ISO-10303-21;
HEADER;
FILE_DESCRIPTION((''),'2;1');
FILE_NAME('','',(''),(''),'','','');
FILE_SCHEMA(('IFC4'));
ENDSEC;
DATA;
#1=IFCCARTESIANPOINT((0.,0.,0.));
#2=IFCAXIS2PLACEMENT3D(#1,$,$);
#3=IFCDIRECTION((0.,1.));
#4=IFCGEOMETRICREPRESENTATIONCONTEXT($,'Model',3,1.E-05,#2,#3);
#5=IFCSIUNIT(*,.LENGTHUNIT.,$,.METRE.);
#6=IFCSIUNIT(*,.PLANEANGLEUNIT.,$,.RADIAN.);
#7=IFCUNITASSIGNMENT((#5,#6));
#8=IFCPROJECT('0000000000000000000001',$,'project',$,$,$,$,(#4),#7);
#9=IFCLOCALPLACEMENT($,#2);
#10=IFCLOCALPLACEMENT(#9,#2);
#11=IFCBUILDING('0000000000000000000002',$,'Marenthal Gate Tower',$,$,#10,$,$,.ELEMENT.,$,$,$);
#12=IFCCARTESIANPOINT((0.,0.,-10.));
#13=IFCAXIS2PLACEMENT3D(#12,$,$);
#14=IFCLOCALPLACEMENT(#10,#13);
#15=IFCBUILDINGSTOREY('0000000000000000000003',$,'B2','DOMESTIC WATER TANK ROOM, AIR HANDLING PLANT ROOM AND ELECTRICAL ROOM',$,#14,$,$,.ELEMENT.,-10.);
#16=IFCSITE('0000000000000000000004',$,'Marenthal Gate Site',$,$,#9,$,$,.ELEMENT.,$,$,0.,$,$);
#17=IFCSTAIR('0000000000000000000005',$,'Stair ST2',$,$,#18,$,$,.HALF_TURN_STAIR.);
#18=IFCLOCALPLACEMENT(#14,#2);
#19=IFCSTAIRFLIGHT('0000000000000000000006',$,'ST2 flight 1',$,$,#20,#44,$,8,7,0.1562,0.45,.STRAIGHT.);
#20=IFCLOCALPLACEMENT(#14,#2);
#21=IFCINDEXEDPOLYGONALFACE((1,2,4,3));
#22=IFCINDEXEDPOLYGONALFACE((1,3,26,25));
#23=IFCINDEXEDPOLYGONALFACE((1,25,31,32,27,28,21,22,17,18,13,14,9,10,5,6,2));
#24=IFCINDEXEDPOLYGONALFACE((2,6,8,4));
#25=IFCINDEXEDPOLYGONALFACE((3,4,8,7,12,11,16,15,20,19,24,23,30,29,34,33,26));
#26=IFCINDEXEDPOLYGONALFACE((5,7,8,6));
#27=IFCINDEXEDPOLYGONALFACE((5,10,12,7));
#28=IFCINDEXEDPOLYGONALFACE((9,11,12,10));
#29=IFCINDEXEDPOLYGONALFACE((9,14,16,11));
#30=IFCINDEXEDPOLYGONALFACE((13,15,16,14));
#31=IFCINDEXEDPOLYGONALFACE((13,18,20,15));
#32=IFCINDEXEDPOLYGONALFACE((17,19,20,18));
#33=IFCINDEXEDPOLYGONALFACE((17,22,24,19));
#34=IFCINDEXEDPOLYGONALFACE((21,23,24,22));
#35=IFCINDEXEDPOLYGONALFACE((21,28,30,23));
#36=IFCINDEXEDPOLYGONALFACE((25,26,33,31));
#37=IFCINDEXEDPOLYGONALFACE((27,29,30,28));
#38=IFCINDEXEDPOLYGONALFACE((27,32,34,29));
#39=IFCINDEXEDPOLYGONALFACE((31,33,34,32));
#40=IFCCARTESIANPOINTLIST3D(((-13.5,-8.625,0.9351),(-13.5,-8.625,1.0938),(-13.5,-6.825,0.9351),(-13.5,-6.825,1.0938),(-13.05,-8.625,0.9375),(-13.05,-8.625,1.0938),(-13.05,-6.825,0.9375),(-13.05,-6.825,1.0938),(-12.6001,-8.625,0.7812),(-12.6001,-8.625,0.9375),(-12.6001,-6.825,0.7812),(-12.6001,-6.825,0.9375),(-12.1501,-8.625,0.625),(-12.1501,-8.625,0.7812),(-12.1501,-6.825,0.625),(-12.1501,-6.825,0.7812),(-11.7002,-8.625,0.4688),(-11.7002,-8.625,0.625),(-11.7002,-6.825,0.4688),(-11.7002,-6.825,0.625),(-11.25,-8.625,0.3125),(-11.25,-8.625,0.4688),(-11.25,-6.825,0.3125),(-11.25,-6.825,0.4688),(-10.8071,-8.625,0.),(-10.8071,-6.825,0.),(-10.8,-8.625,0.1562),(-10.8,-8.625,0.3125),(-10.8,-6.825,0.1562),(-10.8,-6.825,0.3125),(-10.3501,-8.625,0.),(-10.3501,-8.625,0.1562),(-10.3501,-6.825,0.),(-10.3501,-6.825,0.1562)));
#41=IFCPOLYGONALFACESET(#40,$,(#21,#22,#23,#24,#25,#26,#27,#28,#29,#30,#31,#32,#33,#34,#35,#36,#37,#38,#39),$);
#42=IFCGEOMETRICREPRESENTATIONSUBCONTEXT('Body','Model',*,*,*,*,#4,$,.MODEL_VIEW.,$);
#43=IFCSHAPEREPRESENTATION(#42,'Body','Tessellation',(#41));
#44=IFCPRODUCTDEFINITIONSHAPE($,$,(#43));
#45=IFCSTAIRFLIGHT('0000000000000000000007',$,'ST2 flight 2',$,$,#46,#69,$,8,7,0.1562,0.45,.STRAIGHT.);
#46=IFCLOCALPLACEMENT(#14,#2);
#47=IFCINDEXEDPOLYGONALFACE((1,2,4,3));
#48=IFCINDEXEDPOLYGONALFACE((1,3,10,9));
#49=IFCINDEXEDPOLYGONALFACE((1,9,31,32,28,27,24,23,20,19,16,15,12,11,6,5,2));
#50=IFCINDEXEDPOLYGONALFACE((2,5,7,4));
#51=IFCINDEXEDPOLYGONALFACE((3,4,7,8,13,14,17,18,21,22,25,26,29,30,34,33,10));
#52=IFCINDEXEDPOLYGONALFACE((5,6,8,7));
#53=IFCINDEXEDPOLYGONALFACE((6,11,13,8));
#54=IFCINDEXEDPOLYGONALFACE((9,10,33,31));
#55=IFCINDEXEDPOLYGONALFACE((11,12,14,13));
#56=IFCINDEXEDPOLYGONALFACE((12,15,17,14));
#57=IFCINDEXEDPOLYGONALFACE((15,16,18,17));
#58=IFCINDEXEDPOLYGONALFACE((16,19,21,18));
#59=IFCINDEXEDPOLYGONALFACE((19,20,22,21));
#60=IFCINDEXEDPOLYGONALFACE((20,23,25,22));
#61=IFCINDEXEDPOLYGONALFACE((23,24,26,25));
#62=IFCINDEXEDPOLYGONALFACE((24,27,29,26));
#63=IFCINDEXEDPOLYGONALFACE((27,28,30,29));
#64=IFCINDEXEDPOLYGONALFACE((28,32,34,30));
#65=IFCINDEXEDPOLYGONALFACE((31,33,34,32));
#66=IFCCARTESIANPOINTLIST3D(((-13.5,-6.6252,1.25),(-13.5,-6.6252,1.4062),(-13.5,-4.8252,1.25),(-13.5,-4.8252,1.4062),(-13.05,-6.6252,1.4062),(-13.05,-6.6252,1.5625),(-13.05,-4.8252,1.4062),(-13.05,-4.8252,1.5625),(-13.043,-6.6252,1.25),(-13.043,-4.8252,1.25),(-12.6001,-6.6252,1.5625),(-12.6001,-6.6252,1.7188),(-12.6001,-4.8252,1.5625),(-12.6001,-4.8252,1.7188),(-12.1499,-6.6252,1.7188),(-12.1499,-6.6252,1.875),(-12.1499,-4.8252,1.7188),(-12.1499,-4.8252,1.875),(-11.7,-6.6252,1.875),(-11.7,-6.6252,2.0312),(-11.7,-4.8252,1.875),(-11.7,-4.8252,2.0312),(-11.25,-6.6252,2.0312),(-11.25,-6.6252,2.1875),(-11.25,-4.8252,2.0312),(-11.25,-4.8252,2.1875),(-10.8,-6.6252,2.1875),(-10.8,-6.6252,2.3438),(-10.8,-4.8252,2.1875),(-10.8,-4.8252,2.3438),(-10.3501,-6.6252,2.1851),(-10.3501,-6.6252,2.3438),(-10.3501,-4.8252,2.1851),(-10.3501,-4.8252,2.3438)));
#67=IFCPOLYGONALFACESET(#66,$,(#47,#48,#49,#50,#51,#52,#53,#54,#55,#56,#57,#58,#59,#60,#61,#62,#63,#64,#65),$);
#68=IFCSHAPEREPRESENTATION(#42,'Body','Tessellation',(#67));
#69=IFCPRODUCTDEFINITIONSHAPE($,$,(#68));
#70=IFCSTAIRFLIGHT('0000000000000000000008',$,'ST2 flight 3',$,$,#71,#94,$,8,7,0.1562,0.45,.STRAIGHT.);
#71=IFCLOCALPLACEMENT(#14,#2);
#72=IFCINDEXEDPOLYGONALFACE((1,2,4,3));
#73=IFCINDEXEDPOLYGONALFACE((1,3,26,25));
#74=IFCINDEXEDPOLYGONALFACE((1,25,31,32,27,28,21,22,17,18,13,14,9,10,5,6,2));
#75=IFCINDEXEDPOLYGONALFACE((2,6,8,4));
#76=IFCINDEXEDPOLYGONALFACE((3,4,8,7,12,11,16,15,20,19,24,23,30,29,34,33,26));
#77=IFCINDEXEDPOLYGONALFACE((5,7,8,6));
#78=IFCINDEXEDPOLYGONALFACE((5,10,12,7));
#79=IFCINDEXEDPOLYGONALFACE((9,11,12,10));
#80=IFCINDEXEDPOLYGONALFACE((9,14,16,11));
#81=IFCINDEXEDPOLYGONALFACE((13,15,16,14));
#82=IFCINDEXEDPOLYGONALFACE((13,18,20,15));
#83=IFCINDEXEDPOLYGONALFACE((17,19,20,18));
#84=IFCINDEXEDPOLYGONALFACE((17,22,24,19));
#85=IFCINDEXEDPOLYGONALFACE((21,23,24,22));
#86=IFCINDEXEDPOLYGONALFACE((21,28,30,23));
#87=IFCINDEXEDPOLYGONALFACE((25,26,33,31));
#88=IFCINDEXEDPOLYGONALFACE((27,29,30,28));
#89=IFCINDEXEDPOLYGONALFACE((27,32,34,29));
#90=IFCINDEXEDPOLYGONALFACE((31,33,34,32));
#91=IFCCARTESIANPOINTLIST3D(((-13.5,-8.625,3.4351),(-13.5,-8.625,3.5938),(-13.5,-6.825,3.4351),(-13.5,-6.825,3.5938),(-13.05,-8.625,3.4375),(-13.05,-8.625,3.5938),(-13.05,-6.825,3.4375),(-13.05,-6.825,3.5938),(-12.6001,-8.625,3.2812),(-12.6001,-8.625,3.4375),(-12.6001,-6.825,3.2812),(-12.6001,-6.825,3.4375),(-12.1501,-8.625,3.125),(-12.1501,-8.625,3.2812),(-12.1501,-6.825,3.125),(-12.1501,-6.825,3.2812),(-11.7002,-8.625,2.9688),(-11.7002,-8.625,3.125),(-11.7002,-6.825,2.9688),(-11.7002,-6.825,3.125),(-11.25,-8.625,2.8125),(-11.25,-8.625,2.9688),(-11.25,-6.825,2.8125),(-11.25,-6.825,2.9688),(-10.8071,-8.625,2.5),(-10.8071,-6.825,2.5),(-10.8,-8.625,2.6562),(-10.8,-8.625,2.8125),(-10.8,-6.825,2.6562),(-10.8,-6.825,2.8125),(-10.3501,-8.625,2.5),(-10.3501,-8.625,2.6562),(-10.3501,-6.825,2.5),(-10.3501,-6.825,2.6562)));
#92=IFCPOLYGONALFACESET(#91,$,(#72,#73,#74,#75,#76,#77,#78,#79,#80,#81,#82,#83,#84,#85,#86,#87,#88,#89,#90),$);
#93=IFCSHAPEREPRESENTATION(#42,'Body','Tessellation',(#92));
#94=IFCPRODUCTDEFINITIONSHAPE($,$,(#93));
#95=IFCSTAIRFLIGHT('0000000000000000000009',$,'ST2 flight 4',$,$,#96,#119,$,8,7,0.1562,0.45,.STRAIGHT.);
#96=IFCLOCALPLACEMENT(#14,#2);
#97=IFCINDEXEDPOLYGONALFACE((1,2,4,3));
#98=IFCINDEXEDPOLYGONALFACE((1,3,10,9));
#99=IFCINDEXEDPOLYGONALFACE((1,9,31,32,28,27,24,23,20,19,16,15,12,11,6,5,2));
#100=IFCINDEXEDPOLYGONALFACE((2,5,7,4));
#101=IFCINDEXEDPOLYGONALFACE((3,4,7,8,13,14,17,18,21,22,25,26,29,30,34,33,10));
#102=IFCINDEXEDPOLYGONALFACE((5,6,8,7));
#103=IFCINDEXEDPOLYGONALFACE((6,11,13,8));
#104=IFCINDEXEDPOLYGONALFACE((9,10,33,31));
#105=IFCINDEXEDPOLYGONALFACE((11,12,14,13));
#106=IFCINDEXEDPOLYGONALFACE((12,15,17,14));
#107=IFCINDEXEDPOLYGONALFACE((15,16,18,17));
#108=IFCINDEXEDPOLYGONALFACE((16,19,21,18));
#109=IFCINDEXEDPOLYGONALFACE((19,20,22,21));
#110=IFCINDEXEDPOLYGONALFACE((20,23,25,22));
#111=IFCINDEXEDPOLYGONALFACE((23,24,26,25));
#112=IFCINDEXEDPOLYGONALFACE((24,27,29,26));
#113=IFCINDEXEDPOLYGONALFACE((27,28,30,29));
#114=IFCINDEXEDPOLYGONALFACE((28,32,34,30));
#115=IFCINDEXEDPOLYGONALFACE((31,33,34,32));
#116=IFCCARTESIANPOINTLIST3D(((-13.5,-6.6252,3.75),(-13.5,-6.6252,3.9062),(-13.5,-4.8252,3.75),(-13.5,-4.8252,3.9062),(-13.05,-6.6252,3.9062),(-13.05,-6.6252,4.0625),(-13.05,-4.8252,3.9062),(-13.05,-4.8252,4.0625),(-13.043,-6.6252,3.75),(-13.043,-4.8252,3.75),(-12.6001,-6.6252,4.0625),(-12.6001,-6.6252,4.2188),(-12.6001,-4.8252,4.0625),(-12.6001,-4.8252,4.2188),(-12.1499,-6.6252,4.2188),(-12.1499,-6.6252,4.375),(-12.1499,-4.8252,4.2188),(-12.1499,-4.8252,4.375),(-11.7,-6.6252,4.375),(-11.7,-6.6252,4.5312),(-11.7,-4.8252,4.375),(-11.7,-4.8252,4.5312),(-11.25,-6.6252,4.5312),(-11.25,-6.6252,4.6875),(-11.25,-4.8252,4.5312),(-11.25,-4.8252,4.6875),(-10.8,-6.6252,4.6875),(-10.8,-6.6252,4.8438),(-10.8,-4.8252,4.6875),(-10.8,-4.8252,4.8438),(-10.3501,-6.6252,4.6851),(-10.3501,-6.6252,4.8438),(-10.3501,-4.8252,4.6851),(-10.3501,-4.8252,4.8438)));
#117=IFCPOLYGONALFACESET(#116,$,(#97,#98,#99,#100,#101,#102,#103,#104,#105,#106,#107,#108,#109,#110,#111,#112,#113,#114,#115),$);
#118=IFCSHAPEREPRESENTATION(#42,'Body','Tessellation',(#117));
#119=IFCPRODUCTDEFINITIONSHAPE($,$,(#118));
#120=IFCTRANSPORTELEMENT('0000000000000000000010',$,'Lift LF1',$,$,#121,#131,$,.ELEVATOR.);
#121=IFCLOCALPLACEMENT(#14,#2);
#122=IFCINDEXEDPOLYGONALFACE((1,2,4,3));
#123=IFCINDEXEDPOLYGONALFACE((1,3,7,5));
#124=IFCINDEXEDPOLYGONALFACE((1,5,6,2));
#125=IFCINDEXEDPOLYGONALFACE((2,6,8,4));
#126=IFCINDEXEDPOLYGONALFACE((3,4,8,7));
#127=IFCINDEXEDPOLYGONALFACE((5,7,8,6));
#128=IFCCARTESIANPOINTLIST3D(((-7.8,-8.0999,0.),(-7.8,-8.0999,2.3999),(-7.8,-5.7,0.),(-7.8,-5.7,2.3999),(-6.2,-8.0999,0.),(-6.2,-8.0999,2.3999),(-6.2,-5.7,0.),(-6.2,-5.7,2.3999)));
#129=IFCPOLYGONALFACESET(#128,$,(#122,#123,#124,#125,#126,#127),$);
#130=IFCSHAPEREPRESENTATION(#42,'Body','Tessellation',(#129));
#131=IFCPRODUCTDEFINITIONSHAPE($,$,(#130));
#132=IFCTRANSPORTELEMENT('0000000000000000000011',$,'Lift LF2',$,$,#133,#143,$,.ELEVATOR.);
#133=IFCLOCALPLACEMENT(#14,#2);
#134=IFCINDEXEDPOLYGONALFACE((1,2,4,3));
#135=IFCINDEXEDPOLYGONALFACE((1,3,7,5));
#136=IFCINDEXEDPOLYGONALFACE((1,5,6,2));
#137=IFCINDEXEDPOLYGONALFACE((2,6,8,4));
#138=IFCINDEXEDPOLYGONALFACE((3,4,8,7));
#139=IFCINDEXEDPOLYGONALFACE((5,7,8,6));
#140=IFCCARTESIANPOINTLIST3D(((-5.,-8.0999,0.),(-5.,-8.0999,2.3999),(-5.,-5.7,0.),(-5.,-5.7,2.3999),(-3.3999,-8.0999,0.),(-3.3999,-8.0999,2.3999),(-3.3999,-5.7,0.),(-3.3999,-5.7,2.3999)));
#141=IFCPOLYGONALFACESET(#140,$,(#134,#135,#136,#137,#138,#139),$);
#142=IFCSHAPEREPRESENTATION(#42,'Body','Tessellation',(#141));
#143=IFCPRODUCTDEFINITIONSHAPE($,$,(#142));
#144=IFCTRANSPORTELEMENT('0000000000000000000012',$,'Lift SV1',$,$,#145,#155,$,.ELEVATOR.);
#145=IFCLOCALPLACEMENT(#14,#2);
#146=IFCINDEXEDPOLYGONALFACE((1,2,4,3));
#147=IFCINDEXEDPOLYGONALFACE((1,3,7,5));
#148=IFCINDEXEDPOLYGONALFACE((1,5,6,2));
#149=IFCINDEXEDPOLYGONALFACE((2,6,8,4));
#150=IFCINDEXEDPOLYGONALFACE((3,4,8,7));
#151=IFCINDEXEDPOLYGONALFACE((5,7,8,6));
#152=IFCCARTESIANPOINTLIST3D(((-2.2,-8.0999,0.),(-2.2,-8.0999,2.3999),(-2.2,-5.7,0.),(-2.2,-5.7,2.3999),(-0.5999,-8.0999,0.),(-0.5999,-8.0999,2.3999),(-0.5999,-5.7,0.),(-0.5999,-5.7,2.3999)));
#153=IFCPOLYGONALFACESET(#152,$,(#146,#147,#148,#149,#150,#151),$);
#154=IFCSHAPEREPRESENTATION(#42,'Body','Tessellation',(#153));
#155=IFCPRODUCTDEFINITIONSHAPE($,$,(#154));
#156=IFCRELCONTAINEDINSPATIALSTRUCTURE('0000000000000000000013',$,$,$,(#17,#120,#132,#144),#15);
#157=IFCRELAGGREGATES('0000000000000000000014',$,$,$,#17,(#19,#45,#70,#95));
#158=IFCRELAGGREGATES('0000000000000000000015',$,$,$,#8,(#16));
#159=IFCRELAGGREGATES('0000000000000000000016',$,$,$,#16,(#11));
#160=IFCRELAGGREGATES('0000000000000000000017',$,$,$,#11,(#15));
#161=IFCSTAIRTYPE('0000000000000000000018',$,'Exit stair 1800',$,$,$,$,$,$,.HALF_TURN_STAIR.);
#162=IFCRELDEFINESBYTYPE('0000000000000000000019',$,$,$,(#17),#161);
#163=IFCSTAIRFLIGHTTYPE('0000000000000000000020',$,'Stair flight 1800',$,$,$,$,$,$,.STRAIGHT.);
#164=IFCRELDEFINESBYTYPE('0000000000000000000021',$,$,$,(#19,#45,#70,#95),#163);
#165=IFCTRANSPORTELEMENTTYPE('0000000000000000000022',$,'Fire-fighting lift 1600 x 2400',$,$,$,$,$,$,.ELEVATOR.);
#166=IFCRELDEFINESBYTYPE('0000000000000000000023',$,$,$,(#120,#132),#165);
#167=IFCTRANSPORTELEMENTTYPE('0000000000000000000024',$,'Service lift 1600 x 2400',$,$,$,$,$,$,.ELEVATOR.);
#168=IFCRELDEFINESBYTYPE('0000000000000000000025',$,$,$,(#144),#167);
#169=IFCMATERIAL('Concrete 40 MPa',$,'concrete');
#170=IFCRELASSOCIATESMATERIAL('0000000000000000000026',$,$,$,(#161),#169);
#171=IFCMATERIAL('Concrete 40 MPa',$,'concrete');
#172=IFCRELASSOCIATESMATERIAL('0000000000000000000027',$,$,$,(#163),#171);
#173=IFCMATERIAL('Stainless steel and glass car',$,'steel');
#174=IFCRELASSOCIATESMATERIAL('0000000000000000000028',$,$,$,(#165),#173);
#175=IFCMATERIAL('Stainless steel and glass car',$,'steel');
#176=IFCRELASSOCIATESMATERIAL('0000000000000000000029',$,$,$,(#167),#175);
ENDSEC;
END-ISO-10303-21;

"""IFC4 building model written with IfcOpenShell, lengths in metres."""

from ifc_helpers import new_model, si_unit, direction, frame, origin, origin_2d, place, context, subcontext, project, spatial, polyline, rectangle, outline, extrude, material, type_object, element, aggregate, save


model = new_model("IFC4")

# Units and contexts
model_context = context("Model", 3, precision=1e-05, world=origin(), true_north=direction((0.0, 1.0)))
body_context = subcontext(model_context, "Body", "Model", "MODEL_VIEW")
ifc_project = project(units=[si_unit("LENGTHUNIT", "METRE"), si_unit("PLANEANGLEUNIT", "RADIAN")], contexts=[model_context])

# Site, building, storey
site_placement = place(None, origin())
site = spatial("IfcSite", under=ifc_project, at=site_placement, Name="Marenthal Gate Site", CompositionType="ELEMENT", RefElevation=0.0)
building_placement = place(site_placement, origin())
building = spatial("IfcBuilding", under=site, at=building_placement, Name="Marenthal Gate Tower", CompositionType="ELEMENT")
storey_placement = place(building_placement, frame((0.0, 0.0, -10.0)))
storey = spatial("IfcBuildingStorey", under=building, at=storey_placement, Name="B2", Description="DOMESTIC WATER TANK ROOM, AIR HANDLING PLANT ROOM AND ELECTRICAL ROOM", CompositionType="ELEMENT", Elevation=-10.0)

# Stair, stair flights
ifc_material_1 = material(Name="Concrete 40 MPa", Category="concrete")
stair_type = type_object("IfcStairType", Name="Exit stair 1800", PredefinedType="HALF_TURN_STAIR", material=ifc_material_1)
stair_placement = place(storey_placement, origin())
stair = element("IfcStair", 1, at=stair_placement, inside=storey, type_object=stair_type, Name="Stair ST2", PredefinedType="HALF_TURN_STAIR")
ifc_material_2 = material(Name="Concrete 40 MPa", Category="concrete")
stair_flight_type = type_object("IfcStairFlightType", Name="Stair flight 1800", PredefinedType="STRAIGHT", material=ifc_material_2)
stair_flight_1_placement = place(storey_placement, frame((-10.3501, -7.7251, 0.0), z_axis=(0.0, 0.0, 1.0), x_axis=(-1.0, 0.0, 0.0)))
stair_flight_1 = element("IfcStairFlight", 2, at=stair_flight_1_placement, type_object=stair_flight_type, Name="ST2 flight 1", NumberOfRisers=8, NumberOfTreads=7, PredefinedType="STRAIGHT", RiserHeight=0.1562, TreadLength=0.45, context=body_context, shape_type="SweptSolid", body=[
    extrude(outline(polyline([(0.0, 0.0), (0.0, 0.1562), (0.45, 0.1562), (0.45, 0.3125), (0.8999, 0.3125), (0.8999, 0.4688), (1.3501, 0.4688), (1.3501, 0.625), (1.8, 0.625), (1.8, 0.7812), (2.25, 0.7812), (2.25, 0.9375), (2.7, 0.9375), (2.7, 1.0938), (3.1499, 1.0938), (3.1499, 1.25), (3.1499, 0.9351), (0.457, 0.0), (0.0, 0.0)])), frame((0.0, 0.8999, 0.0), z_axis=(0.0, -1.0, 0.0), x_axis=(1.0, 0.0, 0.0)), (0.0, 0.0, 1.0), 1.8),
])
stair_flight_2_placement = place(storey_placement, frame((-13.5, -5.7251, 1.25), z_axis=(0.0, 0.0, 1.0), x_axis=(1.0, 0.0, 0.0)))
stair_flight_2 = element("IfcStairFlight", 3, at=stair_flight_2_placement, type_object=stair_flight_type, Name="ST2 flight 2", NumberOfRisers=8, NumberOfTreads=7, PredefinedType="STRAIGHT", RiserHeight=0.1562, TreadLength=0.45, context=body_context, shape_type="SweptSolid", body=[
    extrude(outline(polyline([(0.0, 0.0), (0.0, 0.1562), (0.45, 0.1562), (0.45, 0.3125), (0.8999, 0.3125), (0.8999, 0.4688), (1.3501, 0.4688), (1.3501, 0.625), (1.8, 0.625), (1.8, 0.7812), (2.25, 0.7812), (2.25, 0.9375), (2.7, 0.9375), (2.7, 1.0938), (3.1499, 1.0938), (3.1499, 1.25), (3.1499, 0.9351), (0.457, 0.0), (0.0, 0.0)])), frame((0.0, 0.8999, 0.0), z_axis=(0.0, -1.0, 0.0), x_axis=(1.0, 0.0, 0.0)), (0.0, 0.0, 1.0), 1.8),
])
stair_flight_3_placement = place(storey_placement, frame((-10.3501, -7.7251, 2.5), z_axis=(0.0, 0.0, 1.0), x_axis=(-1.0, 0.0, 0.0)))
stair_flight_3 = element("IfcStairFlight", 4, at=stair_flight_3_placement, type_object=stair_flight_type, Name="ST2 flight 3", NumberOfRisers=8, NumberOfTreads=7, PredefinedType="STRAIGHT", RiserHeight=0.1562, TreadLength=0.45, context=body_context, shape_type="SweptSolid", body=[
    extrude(outline(polyline([(0.0, 0.0), (0.0, 0.1562), (0.45, 0.1562), (0.45, 0.3125), (0.8999, 0.3125), (0.8999, 0.4688), (1.3501, 0.4688), (1.3501, 0.625), (1.8, 0.625), (1.8, 0.7812), (2.25, 0.7812), (2.25, 0.9375), (2.7, 0.9375), (2.7, 1.0938), (3.1499, 1.0938), (3.1499, 1.25), (3.1499, 0.9351), (0.457, 0.0), (0.0, 0.0)])), frame((0.0, 0.8999, 0.0), z_axis=(0.0, -1.0, 0.0), x_axis=(1.0, 0.0, 0.0)), (0.0, 0.0, 1.0), 1.8),
])
stair_flight_4_placement = place(storey_placement, frame((-13.5, -5.7251, 3.75), z_axis=(0.0, 0.0, 1.0), x_axis=(1.0, 0.0, 0.0)))
stair_flight_4 = element("IfcStairFlight", 5, at=stair_flight_4_placement, type_object=stair_flight_type, Name="ST2 flight 4", NumberOfRisers=8, NumberOfTreads=7, PredefinedType="STRAIGHT", RiserHeight=0.1562, TreadLength=0.45, context=body_context, shape_type="SweptSolid", body=[
    extrude(outline(polyline([(0.0, 0.0), (0.0, 0.1562), (0.45, 0.1562), (0.45, 0.3125), (0.8999, 0.3125), (0.8999, 0.4688), (1.3501, 0.4688), (1.3501, 0.625), (1.8, 0.625), (1.8, 0.7812), (2.25, 0.7812), (2.25, 0.9375), (2.7, 0.9375), (2.7, 1.0938), (3.1499, 1.0938), (3.1499, 1.25), (3.1499, 0.9351), (0.457, 0.0), (0.0, 0.0)])), frame((0.0, 0.8999, 0.0), z_axis=(0.0, -1.0, 0.0), x_axis=(1.0, 0.0, 0.0)), (0.0, 0.0, 1.0), 1.8),
])
aggregate(stair, [stair_flight_1, stair_flight_2, stair_flight_3, stair_flight_4])

# Transport elements
ifc_material_3 = material(Name="Stainless steel and glass car", Category="steel")
transport_element_type_1 = type_object("IfcTransportElementType", Name="Fire-fighting lift 1600 x 2400", PredefinedType="ELEVATOR", material=ifc_material_3)
for number, where, z_axis, x_axis, name in (
    (6, (-7.0, -6.8999, 0.0), (0.0, 0.0, 1.0), (1.0, 0.0, 0.0), "Lift LF1"),
    (7, (-4.2, -6.8999, 0.0), (0.0, 0.0, 1.0), (1.0, 0.0, 0.0), "Lift LF2"),
):
    element("IfcTransportElement", number, at=place(storey_placement, frame(where, z_axis=z_axis, x_axis=x_axis)), inside=storey, type_object=transport_element_type_1, Name=name, PredefinedType="ELEVATOR", context=body_context, shape_type="SweptSolid", body=[
        extrude(rectangle(XDim=1.6001, YDim=2.3999, at=origin_2d()), origin(), (0.0, 0.0, 1.0), 2.3999),
    ])
ifc_material_4 = material(Name="Stainless steel and glass car", Category="steel")
transport_element_type_2 = type_object("IfcTransportElementType", Name="Service lift 1600 x 2400", PredefinedType="ELEVATOR", material=ifc_material_4)
transport_element_placement = place(storey_placement, frame((-1.3999, -6.8999, 0.0), z_axis=(0.0, 0.0, 1.0), x_axis=(1.0, 0.0, 0.0)))
element("IfcTransportElement", 8, at=transport_element_placement, inside=storey, type_object=transport_element_type_2, Name="Lift SV1", PredefinedType="ELEVATOR", context=body_context, shape_type="SweptSolid", body=[
    extrude(rectangle(XDim=1.6001, YDim=2.3999, at=origin_2d()), origin(), (0.0, 0.0, 1.0), 2.3999),
])

save(model, "model.ifc")
